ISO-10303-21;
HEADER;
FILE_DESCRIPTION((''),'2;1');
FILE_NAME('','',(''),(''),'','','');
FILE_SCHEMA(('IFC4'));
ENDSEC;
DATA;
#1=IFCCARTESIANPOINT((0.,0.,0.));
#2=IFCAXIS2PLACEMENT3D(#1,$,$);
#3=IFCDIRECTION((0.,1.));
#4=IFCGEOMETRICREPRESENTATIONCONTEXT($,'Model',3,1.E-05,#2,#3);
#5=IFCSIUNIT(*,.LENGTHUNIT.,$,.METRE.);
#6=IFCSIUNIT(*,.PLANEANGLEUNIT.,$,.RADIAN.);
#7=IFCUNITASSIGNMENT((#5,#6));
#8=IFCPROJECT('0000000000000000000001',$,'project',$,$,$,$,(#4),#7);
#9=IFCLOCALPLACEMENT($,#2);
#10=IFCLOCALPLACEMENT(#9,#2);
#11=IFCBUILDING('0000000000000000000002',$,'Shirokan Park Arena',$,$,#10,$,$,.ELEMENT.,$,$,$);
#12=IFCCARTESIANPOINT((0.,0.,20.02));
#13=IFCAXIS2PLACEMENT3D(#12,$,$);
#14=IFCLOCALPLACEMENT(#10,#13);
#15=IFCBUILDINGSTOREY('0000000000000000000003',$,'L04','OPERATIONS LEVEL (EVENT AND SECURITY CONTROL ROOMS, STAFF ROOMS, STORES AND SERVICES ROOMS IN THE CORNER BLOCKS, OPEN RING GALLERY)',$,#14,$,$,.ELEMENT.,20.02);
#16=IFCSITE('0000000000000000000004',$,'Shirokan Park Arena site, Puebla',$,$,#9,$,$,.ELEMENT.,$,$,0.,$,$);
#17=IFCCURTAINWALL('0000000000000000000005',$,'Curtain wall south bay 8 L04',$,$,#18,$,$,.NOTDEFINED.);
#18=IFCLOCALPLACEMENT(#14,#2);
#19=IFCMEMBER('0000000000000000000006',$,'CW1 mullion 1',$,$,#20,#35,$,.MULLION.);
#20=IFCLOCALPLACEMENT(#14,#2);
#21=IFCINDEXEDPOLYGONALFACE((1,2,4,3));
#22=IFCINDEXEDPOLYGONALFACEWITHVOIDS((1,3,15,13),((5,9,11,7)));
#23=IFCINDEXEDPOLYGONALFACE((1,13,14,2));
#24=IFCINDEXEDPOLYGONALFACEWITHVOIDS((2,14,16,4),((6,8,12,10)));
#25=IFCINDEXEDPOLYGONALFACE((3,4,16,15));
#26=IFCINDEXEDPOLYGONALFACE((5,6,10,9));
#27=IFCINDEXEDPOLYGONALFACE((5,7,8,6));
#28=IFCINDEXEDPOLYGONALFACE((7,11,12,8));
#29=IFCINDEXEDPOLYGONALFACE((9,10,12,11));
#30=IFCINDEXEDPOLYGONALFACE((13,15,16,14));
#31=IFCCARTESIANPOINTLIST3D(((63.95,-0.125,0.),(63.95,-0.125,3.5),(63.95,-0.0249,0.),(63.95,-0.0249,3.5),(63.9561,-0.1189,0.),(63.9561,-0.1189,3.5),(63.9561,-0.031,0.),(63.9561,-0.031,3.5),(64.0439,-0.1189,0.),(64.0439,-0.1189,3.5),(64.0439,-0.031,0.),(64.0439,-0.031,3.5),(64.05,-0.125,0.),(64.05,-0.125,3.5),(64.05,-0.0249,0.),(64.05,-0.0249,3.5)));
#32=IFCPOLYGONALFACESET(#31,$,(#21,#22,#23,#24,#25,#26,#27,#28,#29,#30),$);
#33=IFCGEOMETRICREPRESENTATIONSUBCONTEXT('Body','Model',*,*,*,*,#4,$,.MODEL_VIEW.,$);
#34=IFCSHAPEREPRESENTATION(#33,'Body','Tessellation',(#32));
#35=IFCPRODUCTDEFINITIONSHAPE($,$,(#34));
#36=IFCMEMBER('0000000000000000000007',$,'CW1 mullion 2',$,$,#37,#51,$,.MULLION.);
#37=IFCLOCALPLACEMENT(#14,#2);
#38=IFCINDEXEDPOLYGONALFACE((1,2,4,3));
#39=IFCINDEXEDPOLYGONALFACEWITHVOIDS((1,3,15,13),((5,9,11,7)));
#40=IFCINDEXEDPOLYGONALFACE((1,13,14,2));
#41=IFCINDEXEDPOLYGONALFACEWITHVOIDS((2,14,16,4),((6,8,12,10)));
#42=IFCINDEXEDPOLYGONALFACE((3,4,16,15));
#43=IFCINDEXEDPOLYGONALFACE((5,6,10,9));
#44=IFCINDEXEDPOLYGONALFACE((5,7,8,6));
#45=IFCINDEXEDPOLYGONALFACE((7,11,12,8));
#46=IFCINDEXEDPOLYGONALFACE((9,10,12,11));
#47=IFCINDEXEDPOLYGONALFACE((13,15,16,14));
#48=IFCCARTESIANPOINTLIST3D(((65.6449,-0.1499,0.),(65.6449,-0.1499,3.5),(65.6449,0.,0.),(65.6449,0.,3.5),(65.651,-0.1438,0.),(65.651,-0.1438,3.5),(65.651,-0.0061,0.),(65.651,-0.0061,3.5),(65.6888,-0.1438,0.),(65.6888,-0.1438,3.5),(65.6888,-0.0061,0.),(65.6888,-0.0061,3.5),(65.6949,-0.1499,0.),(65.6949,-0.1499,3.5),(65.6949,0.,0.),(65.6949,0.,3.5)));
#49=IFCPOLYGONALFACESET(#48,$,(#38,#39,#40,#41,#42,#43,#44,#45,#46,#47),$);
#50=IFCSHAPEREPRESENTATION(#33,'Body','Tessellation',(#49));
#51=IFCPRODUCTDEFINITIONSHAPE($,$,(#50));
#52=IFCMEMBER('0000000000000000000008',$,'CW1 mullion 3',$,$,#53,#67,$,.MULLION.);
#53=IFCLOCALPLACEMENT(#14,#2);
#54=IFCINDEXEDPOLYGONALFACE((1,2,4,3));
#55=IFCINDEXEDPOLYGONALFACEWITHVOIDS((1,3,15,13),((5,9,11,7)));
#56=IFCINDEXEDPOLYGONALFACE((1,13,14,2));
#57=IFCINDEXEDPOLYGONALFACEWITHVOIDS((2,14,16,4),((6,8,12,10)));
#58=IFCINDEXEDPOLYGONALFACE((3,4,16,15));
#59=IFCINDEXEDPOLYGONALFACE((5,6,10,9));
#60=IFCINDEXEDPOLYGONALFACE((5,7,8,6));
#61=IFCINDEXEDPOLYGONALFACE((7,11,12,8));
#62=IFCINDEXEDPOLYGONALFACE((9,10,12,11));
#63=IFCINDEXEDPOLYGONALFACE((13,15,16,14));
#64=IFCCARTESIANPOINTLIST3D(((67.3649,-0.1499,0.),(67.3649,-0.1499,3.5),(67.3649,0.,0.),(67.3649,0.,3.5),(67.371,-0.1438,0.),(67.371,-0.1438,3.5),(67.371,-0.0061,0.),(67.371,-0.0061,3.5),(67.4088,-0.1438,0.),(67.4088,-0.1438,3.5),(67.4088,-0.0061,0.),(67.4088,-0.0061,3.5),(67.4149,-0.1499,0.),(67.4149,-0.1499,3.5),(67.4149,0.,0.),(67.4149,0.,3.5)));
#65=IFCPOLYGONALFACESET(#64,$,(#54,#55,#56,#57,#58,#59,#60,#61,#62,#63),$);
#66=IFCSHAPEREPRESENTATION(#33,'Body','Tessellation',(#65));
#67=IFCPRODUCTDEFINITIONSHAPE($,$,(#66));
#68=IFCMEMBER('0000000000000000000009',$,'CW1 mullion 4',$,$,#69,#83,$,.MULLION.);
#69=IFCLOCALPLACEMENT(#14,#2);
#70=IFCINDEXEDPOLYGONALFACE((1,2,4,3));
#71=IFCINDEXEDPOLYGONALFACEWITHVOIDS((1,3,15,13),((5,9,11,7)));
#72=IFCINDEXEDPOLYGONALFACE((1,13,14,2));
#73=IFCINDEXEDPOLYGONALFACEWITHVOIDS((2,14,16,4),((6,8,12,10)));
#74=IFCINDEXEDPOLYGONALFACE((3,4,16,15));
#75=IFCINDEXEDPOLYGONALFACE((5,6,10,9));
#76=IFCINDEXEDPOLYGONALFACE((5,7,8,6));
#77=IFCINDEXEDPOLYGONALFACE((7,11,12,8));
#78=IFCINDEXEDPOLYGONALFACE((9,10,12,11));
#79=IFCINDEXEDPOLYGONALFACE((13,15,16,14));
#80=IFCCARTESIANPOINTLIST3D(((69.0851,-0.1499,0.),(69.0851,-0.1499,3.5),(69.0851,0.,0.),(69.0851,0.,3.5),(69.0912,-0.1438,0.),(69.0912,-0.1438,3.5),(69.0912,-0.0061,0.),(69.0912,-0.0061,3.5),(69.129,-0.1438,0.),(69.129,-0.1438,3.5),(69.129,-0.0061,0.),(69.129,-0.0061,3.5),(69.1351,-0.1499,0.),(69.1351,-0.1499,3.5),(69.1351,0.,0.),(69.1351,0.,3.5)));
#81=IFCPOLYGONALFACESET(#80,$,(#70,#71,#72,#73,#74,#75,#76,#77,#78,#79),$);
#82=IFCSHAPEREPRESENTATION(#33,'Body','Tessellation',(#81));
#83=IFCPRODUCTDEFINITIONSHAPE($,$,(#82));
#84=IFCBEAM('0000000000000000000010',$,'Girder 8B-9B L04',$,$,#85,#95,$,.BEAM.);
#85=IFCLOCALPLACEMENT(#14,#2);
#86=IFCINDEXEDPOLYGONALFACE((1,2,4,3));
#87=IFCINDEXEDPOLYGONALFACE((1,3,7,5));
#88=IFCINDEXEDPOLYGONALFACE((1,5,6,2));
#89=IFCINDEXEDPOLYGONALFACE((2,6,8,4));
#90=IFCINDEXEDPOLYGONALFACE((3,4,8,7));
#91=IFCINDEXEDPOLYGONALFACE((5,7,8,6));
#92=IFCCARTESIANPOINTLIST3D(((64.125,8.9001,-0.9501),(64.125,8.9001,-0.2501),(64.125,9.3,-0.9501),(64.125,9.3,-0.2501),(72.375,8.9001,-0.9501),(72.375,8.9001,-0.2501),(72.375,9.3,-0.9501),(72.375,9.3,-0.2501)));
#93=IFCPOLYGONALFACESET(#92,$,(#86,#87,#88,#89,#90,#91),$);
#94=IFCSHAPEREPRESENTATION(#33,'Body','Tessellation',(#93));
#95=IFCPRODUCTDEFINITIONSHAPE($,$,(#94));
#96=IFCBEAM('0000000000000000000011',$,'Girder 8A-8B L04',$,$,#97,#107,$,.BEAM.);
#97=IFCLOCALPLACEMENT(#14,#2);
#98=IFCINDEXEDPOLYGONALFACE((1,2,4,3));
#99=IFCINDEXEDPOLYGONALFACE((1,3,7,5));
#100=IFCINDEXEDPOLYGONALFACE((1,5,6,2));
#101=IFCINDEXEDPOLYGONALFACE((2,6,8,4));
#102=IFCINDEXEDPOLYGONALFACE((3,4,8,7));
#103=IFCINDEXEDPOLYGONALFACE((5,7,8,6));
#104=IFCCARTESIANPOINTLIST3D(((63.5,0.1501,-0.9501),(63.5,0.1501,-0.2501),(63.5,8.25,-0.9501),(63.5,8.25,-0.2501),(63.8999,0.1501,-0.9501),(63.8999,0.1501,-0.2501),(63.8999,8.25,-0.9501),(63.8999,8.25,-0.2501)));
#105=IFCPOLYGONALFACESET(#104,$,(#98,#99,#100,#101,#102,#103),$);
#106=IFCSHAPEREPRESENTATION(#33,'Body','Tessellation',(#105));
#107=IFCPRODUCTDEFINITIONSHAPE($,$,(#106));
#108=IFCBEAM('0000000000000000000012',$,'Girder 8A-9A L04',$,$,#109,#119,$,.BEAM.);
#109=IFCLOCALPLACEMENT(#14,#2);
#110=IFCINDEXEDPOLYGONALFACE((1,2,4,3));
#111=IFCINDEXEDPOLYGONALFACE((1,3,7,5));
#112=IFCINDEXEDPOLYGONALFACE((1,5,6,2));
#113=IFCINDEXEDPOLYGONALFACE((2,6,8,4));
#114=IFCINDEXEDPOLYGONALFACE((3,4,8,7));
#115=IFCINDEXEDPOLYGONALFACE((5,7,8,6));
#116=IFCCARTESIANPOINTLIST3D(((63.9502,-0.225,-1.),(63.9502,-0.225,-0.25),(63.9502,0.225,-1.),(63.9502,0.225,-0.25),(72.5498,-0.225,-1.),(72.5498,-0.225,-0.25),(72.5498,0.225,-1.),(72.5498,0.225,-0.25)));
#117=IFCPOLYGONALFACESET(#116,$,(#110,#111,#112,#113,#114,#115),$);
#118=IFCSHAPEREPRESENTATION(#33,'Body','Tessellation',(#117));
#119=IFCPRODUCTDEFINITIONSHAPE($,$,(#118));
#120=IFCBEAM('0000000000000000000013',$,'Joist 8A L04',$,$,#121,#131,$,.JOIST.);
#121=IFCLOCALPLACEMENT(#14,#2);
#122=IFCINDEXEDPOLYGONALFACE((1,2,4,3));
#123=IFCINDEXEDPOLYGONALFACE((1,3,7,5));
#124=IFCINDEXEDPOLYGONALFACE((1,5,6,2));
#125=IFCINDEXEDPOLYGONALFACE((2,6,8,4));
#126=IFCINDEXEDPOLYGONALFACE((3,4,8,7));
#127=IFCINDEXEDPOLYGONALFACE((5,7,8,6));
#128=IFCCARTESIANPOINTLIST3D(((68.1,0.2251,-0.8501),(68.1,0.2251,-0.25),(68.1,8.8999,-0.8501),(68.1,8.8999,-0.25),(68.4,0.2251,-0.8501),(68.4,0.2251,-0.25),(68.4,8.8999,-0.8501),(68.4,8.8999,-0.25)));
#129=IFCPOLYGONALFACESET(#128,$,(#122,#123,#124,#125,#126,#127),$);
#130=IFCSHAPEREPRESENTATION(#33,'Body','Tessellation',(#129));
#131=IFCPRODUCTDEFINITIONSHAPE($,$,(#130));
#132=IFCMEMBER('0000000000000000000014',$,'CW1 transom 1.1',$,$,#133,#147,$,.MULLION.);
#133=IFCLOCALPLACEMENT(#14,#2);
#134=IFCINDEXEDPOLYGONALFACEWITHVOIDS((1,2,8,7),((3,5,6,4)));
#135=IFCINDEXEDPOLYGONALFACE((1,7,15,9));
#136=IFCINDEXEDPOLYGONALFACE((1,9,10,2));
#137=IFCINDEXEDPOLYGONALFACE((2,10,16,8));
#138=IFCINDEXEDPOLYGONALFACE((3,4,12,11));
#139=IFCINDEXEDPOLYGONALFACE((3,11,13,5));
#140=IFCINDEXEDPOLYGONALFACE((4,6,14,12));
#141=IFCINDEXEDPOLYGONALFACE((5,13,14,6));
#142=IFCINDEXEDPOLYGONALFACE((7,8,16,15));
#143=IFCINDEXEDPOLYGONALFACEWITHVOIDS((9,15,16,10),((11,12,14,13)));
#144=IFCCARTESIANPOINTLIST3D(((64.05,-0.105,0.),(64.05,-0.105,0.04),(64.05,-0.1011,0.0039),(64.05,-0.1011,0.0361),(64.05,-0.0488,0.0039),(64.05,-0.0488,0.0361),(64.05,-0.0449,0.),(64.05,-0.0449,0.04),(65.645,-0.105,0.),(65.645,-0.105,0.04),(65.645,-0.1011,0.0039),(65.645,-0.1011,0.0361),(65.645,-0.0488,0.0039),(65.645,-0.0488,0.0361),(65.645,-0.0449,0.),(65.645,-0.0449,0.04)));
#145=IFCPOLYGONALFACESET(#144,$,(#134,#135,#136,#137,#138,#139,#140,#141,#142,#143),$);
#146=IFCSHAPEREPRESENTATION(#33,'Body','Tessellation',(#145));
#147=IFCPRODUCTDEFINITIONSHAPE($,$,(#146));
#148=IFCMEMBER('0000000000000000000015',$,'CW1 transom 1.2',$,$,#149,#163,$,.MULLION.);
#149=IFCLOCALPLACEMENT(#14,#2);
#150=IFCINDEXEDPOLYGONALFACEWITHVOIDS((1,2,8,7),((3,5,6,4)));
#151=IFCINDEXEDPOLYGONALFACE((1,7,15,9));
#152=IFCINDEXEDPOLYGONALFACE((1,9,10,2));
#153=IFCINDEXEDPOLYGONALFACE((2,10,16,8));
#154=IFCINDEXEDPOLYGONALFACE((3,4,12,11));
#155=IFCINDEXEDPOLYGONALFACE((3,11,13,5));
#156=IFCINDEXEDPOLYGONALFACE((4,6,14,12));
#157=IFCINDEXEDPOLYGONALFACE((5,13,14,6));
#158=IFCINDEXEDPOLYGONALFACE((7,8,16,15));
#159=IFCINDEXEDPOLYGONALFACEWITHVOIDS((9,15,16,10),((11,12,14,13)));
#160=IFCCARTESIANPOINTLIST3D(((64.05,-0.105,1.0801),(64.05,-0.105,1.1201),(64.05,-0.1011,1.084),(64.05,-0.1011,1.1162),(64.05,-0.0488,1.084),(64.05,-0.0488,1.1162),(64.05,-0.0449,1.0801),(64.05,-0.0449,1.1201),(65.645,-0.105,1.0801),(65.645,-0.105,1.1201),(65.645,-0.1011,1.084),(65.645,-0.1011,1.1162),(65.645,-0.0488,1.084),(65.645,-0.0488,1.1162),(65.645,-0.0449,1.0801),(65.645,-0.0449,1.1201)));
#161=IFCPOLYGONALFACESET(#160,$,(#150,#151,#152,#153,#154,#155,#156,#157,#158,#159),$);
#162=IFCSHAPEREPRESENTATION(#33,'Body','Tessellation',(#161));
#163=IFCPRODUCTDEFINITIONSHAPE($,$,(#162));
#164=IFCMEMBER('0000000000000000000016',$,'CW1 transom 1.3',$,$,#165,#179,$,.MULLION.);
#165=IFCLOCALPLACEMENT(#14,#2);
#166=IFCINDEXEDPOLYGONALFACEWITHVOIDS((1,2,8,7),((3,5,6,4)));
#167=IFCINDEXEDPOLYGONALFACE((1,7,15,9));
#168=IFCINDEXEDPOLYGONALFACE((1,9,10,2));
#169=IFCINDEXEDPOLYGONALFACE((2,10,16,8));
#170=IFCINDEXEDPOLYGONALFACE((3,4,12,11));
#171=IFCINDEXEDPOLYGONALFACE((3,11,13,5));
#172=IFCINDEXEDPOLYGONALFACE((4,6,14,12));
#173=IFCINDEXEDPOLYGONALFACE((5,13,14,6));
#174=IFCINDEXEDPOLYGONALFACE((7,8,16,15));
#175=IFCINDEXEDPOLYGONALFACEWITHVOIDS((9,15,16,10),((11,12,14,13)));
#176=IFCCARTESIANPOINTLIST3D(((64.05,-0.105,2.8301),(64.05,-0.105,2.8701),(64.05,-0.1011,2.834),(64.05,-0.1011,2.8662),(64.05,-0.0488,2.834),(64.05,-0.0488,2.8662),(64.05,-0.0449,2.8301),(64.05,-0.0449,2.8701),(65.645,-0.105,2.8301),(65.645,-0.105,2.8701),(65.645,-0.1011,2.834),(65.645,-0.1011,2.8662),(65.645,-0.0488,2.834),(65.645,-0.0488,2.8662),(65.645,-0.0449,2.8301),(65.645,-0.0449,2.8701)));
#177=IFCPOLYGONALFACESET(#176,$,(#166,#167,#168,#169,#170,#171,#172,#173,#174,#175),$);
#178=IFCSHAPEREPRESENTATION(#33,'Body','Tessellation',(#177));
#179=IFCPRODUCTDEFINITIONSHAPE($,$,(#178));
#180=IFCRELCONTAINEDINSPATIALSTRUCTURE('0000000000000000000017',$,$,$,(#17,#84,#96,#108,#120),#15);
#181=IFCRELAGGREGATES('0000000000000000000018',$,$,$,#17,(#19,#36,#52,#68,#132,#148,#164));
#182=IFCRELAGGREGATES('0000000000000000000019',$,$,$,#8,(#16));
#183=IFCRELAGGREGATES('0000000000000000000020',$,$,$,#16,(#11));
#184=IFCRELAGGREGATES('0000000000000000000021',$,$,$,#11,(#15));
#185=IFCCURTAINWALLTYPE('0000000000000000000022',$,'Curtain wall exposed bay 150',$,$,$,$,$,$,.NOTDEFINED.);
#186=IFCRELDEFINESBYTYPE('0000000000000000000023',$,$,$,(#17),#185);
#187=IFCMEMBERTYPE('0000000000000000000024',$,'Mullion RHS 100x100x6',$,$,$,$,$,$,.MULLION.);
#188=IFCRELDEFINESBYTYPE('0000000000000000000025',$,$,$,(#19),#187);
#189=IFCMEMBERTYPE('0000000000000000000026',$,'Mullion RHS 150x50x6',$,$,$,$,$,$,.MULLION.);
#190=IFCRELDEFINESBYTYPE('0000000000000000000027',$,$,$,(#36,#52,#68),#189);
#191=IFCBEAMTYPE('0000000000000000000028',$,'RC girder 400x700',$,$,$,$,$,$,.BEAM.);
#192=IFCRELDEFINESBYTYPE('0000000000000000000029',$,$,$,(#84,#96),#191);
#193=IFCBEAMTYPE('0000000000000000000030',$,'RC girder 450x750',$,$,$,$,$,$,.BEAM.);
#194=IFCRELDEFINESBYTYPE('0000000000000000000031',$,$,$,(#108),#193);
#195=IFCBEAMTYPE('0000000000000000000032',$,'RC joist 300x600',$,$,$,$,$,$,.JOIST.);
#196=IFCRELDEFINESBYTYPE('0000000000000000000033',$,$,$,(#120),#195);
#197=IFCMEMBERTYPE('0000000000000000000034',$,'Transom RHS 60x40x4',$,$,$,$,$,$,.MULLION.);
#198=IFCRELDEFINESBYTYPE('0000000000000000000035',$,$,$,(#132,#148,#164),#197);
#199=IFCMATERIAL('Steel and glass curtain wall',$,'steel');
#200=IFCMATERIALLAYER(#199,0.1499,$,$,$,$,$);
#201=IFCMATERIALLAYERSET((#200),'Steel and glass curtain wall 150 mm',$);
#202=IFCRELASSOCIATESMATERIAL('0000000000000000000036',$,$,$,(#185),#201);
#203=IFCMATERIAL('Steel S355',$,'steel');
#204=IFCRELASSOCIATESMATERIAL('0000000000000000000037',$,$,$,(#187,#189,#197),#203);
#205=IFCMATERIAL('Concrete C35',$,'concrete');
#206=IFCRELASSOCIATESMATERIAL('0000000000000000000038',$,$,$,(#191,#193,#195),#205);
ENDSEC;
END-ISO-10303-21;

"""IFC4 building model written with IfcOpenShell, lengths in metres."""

from ifc_helpers import new_model, si_unit, direction, frame, origin, origin_2d, place, context, subcontext, project, spatial, rectangle, hollow_rectangle, extrude, material, layer, layer_set, material_profile, profile_set, type_object, element, aggregate, save


model = new_model("IFC4")

# Units and contexts
model_context = context("Model", 3, precision=1e-05, world=origin(), true_north=direction((0.0, 1.0)))
body_context = subcontext(model_context, "Body", "Model", "MODEL_VIEW")
ifc_project = project(units=[si_unit("LENGTHUNIT", "METRE"), si_unit("PLANEANGLEUNIT", "RADIAN")], contexts=[model_context])

# Site, building, storey
site_placement = place(None, origin())
site = spatial("IfcSite", under=ifc_project, at=site_placement, Name="Shirokan Park Arena site, Puebla", CompositionType="ELEMENT", RefElevation=0.0)
building_placement = place(site_placement, origin())
building = spatial("IfcBuilding", under=site, at=building_placement, Name="Shirokan Park Arena", CompositionType="ELEMENT")
storey_placement = place(building_placement, frame((0.0, 0.0, 20.02)))
storey = spatial("IfcBuildingStorey", under=building, at=storey_placement, Name="L04", Description="OPERATIONS LEVEL (EVENT AND SECURITY CONTROL ROOMS, STAFF ROOMS, STORES AND SERVICES ROOMS IN THE CORNER BLOCKS, OPEN RING GALLERY)", CompositionType="ELEMENT", Elevation=20.02)

# Curtain wall, members
ifc_material_1 = material(Name="Steel and glass curtain wall", Category="steel")
ifc_layer_1 = layer(ifc_material_1, 0.1499)
ifc_layer_set_1 = layer_set([ifc_layer_1], Name="Steel and glass curtain wall 150 mm")
curtain_wall_type = type_object("IfcCurtainWallType", Name="Curtain wall exposed bay 150", PredefinedType="NOTDEFINED", material=ifc_layer_set_1)
curtain_wall_placement = place(storey_placement, origin())
curtain_wall = element("IfcCurtainWall", 1, at=curtain_wall_placement, inside=storey, type_object=curtain_wall_type, Name="Curtain wall south bay 8 L04", PredefinedType="NOTDEFINED")
ifc_material_2 = material(Name="Steel S355", Category="steel")
ifc_material_profile_1 = material_profile(ifc_material_2, hollow_rectangle(XDim=0.1001, YDim=0.1001, WallThickness=0.0061, at=origin_2d()), Name="RHS 100x100x6")
ifc_profile_set_1 = profile_set([ifc_material_profile_1], Name="Steel S355")
member_type_1 = type_object("IfcMemberType", Name="Mullion RHS 100x100x6", PredefinedType="MULLION", material=ifc_profile_set_1)
member_1_placement = place(storey_placement, frame((64.0, -0.075, 0.0), z_axis=(0.0, 0.0, 1.0), x_axis=(0.0, 1.0, 0.0)))
member_1 = element("IfcMember", 2, at=member_1_placement, type_object=member_type_1, Name="CW1 mullion 1", PredefinedType="MULLION", context=body_context, shape_type="SweptSolid", body=[
    extrude(hollow_rectangle(XDim=0.1001, YDim=0.1001, WallThickness=0.0061, at=origin_2d()), origin(), (0.0, 0.0, 1.0), 3.5),
])
ifc_material_profile_2 = material_profile(ifc_material_2, hollow_rectangle(XDim=0.1499, YDim=0.05, WallThickness=0.0061, at=origin_2d()), Name="RHS 150x50x6")
ifc_profile_set_2 = profile_set([ifc_material_profile_2], Name="Steel S355")
member_type_2 = type_object("IfcMemberType", Name="Mullion RHS 150x50x6", PredefinedType="MULLION", material=ifc_profile_set_2)
member_2_placement = place(storey_placement, frame((65.6699, -0.075, 0.0), z_axis=(0.0, 0.0, 1.0), x_axis=(0.0, 1.0, 0.0)))
member_2 = element("IfcMember", 3, at=member_2_placement, type_object=member_type_2, Name="CW1 mullion 2", PredefinedType="MULLION", context=body_context, shape_type="SweptSolid", body=[
    extrude(hollow_rectangle(XDim=0.1499, YDim=0.05, WallThickness=0.0061, at=origin_2d()), origin(), (0.0, 0.0, 1.0), 3.5),
])
member_3_placement = place(storey_placement, frame((67.3899, -0.075, 0.0), z_axis=(0.0, 0.0, 1.0), x_axis=(0.0, 1.0, 0.0)))
member_3 = element("IfcMember", 4, at=member_3_placement, type_object=member_type_2, Name="CW1 mullion 3", PredefinedType="MULLION", context=body_context, shape_type="SweptSolid", body=[
    extrude(hollow_rectangle(XDim=0.1499, YDim=0.05, WallThickness=0.0061, at=origin_2d()), origin(), (0.0, 0.0, 1.0), 3.5),
])
member_4_placement = place(storey_placement, frame((69.1101, -0.075, 0.0), z_axis=(0.0, 0.0, 1.0), x_axis=(0.0, 1.0, 0.0)))
member_4 = element("IfcMember", 5, at=member_4_placement, type_object=member_type_2, Name="CW1 mullion 4", PredefinedType="MULLION", context=body_context, shape_type="SweptSolid", body=[
    extrude(hollow_rectangle(XDim=0.1499, YDim=0.05, WallThickness=0.0061, at=origin_2d()), origin(), (0.0, 0.0, 1.0), 3.5),
])

# Beams
ifc_material_3 = material(Name="Concrete C35", Category="concrete")
ifc_material_profile_3 = material_profile(ifc_material_3, rectangle(XDim=0.3999, YDim=0.7, at=origin_2d()), Name="400x700")
ifc_profile_set_3 = profile_set([ifc_material_profile_3], Name="Concrete C35")
beam_type_1 = type_object("IfcBeamType", Name="RC girder 400x700", PredefinedType="BEAM", material=ifc_profile_set_3)
beam_1_placement = place(storey_placement, frame((64.125, 9.1001, -0.6001), z_axis=(1.0, 0.0, 0.0), x_axis=(0.0, 1.0, 0.0)))
element("IfcBeam", 6, at=beam_1_placement, inside=storey, type_object=beam_type_1, Name="Girder 8B-9B L04", PredefinedType="BEAM", context=body_context, shape_type="SweptSolid", body=[
    extrude(rectangle(XDim=0.3999, YDim=0.7, at=origin_2d()), origin(), (0.0, 0.0, 1.0), 8.25),
])
beam_2_placement = place(storey_placement, frame((63.7, 0.1501, -0.6001), z_axis=(0.0, 1.0, 0.0), x_axis=(-1.0, 0.0, 0.0)))
element("IfcBeam", 7, at=beam_2_placement, inside=storey, type_object=beam_type_1, Name="Girder 8A-8B L04", PredefinedType="BEAM", context=body_context, shape_type="SweptSolid", body=[
    extrude(rectangle(XDim=0.3999, YDim=0.7, at=origin_2d()), origin(), (0.0, 0.0, 1.0), 8.0999),
])
ifc_material_profile_4 = material_profile(ifc_material_3, rectangle(XDim=0.45, YDim=0.75, at=origin_2d()), Name="450x750")
ifc_profile_set_4 = profile_set([ifc_material_profile_4], Name="Concrete C35")
beam_type_2 = type_object("IfcBeamType", Name="RC girder 450x750", PredefinedType="BEAM", material=ifc_profile_set_4)
beam_3_placement = place(storey_placement, frame((63.9502, 0.0, -0.625), z_axis=(1.0, 0.0, 0.0), x_axis=(0.0, 1.0, 0.0)))
element("IfcBeam", 8, at=beam_3_placement, inside=storey, type_object=beam_type_2, Name="Girder 8A-9A L04", PredefinedType="BEAM", context=body_context, shape_type="SweptSolid", body=[
    extrude(rectangle(XDim=0.45, YDim=0.75, at=origin_2d()), origin(), (0.0, 0.0, 1.0), 8.5996),
])
ifc_material_profile_5 = material_profile(ifc_material_3, rectangle(XDim=0.3, YDim=0.6001, at=origin_2d()), Name="300x600")
ifc_profile_set_5 = profile_set([ifc_material_profile_5], Name="Concrete C35")
beam_type_3 = type_object("IfcBeamType", Name="RC joist 300x600", PredefinedType="JOIST", material=ifc_profile_set_5)
beam_4_placement = place(storey_placement, frame((68.25, 0.2251, -0.55), z_axis=(0.0, 1.0, 0.0), x_axis=(-1.0, 0.0, 0.0)))
element("IfcBeam", 9, at=beam_4_placement, inside=storey, type_object=beam_type_3, Name="Joist 8A L04", PredefinedType="JOIST", context=body_context, shape_type="SweptSolid", body=[
    extrude(rectangle(XDim=0.3, YDim=0.6001, at=origin_2d()), origin(), (0.0, 0.0, 1.0), 8.6748),
])

# Members
ifc_material_profile_6 = material_profile(ifc_material_2, hollow_rectangle(XDim=0.0601, YDim=0.04, WallThickness=0.0039, at=origin_2d()), Name="RHS 60x40x4")
ifc_profile_set_6 = profile_set([ifc_material_profile_6], Name="Steel S355")
member_type_3 = type_object("IfcMemberType", Name="Transom RHS 60x40x4", PredefinedType="MULLION", material=ifc_profile_set_6)
member_5_placement = place(storey_placement, frame((64.05, -0.075, 0.02), z_axis=(1.0, 0.0, 0.0), x_axis=(0.0, 1.0, 0.0)))
member_5 = element("IfcMember", 10, at=member_5_placement, type_object=member_type_3, Name="CW1 transom 1.1", PredefinedType="MULLION", context=body_context, shape_type="SweptSolid", body=[
    extrude(hollow_rectangle(XDim=0.0601, YDim=0.04, WallThickness=0.0039, at=origin_2d()), origin(), (0.0, 0.0, 1.0), 1.595),
])
member_6_placement = place(storey_placement, frame((64.05, -0.075, 1.1001), z_axis=(1.0, 0.0, 0.0), x_axis=(0.0, 1.0, 0.0)))
member_6 = element("IfcMember", 11, at=member_6_placement, type_object=member_type_3, Name="CW1 transom 1.2", PredefinedType="MULLION", context=body_context, shape_type="SweptSolid", body=[
    extrude(hollow_rectangle(XDim=0.0601, YDim=0.04, WallThickness=0.0039, at=origin_2d()), origin(), (0.0, 0.0, 1.0), 1.595),
])
member_7_placement = place(storey_placement, frame((64.05, -0.075, 2.8501), z_axis=(1.0, 0.0, 0.0), x_axis=(0.0, 1.0, 0.0)))
member_7 = element("IfcMember", 12, at=member_7_placement, type_object=member_type_3, Name="CW1 transom 1.3", PredefinedType="MULLION", context=body_context, shape_type="SweptSolid", body=[
    extrude(hollow_rectangle(XDim=0.0601, YDim=0.04, WallThickness=0.0039, at=origin_2d()), origin(), (0.0, 0.0, 1.0), 1.595),
])

aggregate(curtain_wall, [member_1, member_2, member_3, member_4, member_5, member_6, member_7])

save(model, "model.ifc")
